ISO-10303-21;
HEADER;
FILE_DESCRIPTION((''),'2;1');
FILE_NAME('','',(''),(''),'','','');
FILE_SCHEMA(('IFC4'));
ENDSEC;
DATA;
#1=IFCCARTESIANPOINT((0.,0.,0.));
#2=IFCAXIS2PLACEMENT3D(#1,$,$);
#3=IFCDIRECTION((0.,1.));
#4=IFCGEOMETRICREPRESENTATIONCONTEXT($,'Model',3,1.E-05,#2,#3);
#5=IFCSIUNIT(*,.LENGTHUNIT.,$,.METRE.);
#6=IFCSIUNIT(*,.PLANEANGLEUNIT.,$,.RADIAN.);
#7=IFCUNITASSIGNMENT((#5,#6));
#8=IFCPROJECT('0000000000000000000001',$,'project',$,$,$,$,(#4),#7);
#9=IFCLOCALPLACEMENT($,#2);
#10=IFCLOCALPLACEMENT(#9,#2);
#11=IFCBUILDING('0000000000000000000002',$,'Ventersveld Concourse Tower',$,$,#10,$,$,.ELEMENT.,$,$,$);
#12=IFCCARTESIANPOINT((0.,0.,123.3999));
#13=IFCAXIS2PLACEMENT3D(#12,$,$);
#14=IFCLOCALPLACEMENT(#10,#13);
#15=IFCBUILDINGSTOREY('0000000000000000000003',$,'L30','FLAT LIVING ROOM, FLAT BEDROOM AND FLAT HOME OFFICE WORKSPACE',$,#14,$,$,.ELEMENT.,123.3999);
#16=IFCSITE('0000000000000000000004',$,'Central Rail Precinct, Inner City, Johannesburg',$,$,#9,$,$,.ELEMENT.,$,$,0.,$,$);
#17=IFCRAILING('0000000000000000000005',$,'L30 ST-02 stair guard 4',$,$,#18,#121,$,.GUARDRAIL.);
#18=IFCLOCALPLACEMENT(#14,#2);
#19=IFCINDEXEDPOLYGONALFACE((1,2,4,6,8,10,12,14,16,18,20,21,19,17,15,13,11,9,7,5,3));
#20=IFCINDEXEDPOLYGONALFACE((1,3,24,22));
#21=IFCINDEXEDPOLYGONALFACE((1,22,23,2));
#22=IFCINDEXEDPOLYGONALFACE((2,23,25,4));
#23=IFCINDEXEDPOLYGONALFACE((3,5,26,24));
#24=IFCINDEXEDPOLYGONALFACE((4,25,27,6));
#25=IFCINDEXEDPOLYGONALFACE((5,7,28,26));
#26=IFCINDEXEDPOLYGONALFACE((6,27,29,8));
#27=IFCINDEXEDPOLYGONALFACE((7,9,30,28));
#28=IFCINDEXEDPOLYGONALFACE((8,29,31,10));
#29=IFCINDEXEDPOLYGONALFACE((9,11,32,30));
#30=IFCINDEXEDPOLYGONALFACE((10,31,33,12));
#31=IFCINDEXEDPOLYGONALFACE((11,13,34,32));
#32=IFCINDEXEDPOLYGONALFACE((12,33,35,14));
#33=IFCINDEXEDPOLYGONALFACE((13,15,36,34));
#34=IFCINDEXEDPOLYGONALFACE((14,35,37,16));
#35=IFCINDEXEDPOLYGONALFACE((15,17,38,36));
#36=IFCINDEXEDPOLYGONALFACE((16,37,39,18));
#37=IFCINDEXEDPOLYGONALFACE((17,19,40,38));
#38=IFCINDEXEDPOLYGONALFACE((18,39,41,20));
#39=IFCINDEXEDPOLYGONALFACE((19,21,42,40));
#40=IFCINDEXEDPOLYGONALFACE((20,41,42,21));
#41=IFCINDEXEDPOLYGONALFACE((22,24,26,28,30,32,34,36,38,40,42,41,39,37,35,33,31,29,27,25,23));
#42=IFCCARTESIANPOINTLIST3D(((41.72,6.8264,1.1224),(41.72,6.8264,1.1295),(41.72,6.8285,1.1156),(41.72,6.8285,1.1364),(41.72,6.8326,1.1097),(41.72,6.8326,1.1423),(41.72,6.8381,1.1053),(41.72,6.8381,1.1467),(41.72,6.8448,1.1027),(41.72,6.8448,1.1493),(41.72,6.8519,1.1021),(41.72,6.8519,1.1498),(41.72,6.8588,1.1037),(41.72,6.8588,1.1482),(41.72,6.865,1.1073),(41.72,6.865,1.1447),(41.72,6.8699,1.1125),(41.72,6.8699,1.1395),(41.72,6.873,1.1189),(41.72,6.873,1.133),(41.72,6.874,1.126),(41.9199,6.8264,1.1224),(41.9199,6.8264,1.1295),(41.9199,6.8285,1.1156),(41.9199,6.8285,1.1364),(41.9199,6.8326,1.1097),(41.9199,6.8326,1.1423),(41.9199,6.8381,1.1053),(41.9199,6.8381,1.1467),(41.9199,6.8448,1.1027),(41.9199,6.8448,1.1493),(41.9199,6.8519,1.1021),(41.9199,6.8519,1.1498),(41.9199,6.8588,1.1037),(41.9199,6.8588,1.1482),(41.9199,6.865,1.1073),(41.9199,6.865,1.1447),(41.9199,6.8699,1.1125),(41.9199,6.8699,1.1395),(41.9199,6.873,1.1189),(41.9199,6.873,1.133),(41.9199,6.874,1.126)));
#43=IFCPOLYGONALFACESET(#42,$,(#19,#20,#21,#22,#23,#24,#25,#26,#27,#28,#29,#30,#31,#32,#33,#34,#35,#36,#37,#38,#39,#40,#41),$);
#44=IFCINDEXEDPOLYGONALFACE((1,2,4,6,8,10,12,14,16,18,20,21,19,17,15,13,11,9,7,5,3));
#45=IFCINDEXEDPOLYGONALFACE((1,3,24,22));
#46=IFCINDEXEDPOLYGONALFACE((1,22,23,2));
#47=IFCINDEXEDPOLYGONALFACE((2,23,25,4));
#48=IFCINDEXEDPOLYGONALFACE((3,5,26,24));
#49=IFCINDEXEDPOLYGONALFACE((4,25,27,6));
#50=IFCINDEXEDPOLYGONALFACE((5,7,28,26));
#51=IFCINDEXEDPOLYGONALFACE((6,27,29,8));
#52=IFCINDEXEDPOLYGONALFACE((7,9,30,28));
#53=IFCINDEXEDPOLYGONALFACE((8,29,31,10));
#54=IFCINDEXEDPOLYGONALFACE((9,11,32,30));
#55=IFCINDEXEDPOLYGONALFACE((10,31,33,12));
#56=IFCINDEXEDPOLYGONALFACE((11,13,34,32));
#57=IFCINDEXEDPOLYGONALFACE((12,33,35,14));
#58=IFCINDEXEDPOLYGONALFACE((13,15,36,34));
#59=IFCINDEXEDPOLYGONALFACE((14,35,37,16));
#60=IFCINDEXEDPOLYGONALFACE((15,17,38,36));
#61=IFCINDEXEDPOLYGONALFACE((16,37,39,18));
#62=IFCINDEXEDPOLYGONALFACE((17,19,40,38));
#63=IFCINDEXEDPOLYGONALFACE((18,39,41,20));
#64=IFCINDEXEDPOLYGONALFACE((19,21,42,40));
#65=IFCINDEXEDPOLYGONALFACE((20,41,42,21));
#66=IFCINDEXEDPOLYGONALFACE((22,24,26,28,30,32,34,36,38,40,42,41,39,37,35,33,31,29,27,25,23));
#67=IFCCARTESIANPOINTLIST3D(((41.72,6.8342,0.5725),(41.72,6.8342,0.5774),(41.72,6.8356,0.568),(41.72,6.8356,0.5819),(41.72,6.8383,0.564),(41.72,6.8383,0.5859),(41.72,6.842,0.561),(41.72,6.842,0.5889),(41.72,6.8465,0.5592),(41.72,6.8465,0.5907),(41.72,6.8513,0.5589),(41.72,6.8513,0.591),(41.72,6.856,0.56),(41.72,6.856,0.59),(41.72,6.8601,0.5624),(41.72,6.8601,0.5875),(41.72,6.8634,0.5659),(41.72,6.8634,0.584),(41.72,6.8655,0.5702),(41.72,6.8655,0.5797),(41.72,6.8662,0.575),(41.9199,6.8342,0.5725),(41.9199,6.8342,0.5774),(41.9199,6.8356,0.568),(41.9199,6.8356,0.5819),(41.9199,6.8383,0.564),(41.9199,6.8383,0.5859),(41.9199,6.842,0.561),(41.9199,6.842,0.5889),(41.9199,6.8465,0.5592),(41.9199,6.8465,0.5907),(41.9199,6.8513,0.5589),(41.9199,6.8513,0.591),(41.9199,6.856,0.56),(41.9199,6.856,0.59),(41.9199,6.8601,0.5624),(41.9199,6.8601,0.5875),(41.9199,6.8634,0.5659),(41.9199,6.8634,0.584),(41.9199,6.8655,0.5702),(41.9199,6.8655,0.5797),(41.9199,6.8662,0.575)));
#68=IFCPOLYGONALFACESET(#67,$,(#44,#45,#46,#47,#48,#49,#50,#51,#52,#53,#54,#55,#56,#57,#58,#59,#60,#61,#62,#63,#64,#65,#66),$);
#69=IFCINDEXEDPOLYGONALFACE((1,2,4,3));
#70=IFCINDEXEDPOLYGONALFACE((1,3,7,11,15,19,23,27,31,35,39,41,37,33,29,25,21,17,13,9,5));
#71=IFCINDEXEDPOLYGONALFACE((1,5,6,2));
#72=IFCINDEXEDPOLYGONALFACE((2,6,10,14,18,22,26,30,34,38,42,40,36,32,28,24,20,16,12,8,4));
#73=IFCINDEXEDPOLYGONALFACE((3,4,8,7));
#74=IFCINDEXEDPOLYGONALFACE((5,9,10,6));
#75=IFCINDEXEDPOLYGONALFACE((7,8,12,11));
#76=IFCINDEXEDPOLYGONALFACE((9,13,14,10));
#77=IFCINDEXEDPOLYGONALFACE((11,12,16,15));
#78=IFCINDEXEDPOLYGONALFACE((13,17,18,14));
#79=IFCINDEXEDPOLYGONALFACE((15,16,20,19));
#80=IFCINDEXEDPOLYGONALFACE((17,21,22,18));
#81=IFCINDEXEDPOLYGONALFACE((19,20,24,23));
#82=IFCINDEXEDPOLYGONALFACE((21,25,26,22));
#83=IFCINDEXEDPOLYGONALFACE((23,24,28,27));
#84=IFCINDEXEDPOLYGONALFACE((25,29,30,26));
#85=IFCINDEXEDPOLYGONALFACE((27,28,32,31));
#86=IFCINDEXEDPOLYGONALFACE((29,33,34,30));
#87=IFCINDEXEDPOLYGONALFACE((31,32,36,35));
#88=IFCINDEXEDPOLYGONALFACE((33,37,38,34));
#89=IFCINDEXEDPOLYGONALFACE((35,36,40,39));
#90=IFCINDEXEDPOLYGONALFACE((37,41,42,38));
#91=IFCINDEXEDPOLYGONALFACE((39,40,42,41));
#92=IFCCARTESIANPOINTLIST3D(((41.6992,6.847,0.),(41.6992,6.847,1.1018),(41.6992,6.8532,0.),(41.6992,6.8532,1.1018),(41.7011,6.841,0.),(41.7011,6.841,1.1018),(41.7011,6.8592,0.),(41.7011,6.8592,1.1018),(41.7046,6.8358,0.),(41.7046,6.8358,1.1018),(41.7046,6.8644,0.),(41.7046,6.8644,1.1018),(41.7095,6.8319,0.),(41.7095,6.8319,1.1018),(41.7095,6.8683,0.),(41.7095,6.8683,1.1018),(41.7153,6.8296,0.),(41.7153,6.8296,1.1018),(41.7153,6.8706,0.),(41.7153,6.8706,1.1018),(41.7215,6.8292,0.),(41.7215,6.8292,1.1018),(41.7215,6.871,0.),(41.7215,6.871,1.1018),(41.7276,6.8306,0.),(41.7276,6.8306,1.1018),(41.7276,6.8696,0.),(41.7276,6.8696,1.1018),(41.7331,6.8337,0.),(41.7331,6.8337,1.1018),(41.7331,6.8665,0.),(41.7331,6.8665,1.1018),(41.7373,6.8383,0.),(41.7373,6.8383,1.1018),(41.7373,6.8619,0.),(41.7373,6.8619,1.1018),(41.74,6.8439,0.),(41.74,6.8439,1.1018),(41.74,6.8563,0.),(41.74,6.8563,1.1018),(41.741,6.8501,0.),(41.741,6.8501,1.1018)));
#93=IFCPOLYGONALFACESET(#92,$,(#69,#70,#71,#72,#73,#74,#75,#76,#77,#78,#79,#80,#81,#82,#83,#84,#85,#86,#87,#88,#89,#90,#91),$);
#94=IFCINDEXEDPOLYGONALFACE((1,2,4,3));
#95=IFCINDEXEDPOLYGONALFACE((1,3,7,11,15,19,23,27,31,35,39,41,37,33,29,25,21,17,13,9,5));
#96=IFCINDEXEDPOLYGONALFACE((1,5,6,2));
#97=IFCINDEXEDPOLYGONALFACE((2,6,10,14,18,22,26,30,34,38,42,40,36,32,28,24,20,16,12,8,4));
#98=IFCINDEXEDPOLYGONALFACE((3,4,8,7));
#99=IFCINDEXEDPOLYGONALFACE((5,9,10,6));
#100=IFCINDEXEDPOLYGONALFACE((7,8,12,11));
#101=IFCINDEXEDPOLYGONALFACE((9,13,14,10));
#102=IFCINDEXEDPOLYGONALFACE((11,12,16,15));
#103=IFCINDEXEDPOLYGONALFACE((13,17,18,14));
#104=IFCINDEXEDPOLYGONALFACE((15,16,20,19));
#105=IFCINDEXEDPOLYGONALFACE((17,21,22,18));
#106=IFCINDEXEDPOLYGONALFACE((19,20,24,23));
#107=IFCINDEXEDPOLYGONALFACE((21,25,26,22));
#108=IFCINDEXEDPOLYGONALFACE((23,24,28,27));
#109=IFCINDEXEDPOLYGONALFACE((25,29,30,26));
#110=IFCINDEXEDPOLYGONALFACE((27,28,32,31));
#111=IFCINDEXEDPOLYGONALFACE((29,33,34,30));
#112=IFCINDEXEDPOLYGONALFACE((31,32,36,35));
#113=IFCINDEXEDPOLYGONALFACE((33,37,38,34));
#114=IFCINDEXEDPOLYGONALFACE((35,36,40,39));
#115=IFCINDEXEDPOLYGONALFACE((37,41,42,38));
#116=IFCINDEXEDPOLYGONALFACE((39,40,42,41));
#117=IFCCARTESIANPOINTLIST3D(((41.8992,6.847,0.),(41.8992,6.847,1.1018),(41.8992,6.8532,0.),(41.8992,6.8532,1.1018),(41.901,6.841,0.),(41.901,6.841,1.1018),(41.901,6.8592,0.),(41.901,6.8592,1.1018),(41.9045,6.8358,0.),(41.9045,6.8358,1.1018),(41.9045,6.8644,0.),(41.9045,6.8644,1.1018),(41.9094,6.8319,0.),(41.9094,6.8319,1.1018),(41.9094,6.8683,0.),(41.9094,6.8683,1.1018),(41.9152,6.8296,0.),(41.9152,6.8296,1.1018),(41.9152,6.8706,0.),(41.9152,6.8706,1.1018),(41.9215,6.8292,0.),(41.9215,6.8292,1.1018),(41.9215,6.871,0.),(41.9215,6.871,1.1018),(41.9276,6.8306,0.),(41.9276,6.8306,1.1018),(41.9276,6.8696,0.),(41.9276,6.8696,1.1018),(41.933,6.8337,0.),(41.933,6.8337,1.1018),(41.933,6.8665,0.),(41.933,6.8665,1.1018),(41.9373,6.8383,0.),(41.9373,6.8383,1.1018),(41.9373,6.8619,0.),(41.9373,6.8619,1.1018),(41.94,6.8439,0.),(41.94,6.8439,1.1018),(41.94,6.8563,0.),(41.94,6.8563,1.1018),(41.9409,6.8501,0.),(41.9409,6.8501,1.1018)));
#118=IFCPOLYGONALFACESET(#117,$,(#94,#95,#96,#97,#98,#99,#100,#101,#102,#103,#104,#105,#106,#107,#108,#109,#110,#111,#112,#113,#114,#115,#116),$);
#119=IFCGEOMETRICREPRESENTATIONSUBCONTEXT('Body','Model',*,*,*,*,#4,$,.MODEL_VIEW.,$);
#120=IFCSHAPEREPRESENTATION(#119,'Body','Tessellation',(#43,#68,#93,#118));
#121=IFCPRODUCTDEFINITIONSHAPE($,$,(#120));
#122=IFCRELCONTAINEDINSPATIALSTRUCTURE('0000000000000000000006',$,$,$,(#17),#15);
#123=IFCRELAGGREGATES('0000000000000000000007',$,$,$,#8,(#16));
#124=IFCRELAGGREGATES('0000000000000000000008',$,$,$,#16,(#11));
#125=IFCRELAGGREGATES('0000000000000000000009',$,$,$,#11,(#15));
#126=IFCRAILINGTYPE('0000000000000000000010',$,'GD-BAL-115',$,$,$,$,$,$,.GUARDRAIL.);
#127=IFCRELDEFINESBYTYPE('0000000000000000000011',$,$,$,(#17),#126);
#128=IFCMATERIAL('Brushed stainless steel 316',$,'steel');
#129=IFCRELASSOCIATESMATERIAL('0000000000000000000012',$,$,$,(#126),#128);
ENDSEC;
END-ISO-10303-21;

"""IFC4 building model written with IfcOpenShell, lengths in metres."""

from ifc_helpers import new_model, si_unit, direction, frame, origin, origin_2d, place, context, subcontext, project, spatial, circle, extrude, material, type_object, element, save


model = new_model("IFC4")

# Units and contexts
model_context = context("Model", 3, precision=1e-05, world=origin(), true_north=direction((0.0, 1.0)))
body_context = subcontext(model_context, "Body", "Model", "MODEL_VIEW")
ifc_project = project(units=[si_unit("LENGTHUNIT", "METRE"), si_unit("PLANEANGLEUNIT", "RADIAN")], contexts=[model_context])

# Site, building, storey
site_placement = place(None, origin())
site = spatial("IfcSite", under=ifc_project, at=site_placement, Name="Central Rail Precinct, Inner City, Johannesburg", CompositionType="ELEMENT", RefElevation=0.0)
building_placement = place(site_placement, origin())
building = spatial("IfcBuilding", under=site, at=building_placement, Name="Ventersveld Concourse Tower", CompositionType="ELEMENT")
storey_placement = place(building_placement, frame((0.0, 0.0, 123.3999)))
storey = spatial("IfcBuildingStorey", under=building, at=storey_placement, Name="L30", Description="FLAT LIVING ROOM, FLAT BEDROOM AND FLAT HOME OFFICE WORKSPACE", CompositionType="ELEMENT", Elevation=123.3999)

# Shared definitions
ifc_material_1 = material(Name="Brushed stainless steel 316", Category="steel")

# Railing
railing_type_1 = type_object("IfcRailingType", Name="GD-BAL-115", PredefinedType="GUARDRAIL", material=ifc_material_1)
railing_1_placement = place(storey_placement, frame((41.72, 6.8501, 0.0)))
element("IfcRailing", 1, at=railing_1_placement, inside=storey, type_object=railing_type_1, Name="L30 ST-02 stair guard 4", PredefinedType="GUARDRAIL", context=body_context, shape_type="SweptSolid", body=[
    extrude(circle(Radius=0.0239, at=origin_2d()), frame((0.0, 0.0, 1.126), z_axis=(1.0, 0.0, 0.0), x_axis=(0.0, 1.0, 0.0)), (0.0, 0.0, 1.0), 0.2),
    extrude(circle(Radius=0.0161, at=origin_2d()), frame((0.0, 0.0, 0.575), z_axis=(1.0, 0.0, 0.0), x_axis=(0.0, 1.0, 0.0)), (0.0, 0.0, 1.0), 0.2),
    extrude(circle(Radius=0.021, at=origin_2d()), origin(), (0.0, 0.0, 1.0), 1.1018),
    extrude(circle(Radius=0.021, at=origin_2d()), frame((0.2, 0.0, 0.0)), (0.0, 0.0, 1.0), 1.1018),
])

save(model, "model.ifc")
